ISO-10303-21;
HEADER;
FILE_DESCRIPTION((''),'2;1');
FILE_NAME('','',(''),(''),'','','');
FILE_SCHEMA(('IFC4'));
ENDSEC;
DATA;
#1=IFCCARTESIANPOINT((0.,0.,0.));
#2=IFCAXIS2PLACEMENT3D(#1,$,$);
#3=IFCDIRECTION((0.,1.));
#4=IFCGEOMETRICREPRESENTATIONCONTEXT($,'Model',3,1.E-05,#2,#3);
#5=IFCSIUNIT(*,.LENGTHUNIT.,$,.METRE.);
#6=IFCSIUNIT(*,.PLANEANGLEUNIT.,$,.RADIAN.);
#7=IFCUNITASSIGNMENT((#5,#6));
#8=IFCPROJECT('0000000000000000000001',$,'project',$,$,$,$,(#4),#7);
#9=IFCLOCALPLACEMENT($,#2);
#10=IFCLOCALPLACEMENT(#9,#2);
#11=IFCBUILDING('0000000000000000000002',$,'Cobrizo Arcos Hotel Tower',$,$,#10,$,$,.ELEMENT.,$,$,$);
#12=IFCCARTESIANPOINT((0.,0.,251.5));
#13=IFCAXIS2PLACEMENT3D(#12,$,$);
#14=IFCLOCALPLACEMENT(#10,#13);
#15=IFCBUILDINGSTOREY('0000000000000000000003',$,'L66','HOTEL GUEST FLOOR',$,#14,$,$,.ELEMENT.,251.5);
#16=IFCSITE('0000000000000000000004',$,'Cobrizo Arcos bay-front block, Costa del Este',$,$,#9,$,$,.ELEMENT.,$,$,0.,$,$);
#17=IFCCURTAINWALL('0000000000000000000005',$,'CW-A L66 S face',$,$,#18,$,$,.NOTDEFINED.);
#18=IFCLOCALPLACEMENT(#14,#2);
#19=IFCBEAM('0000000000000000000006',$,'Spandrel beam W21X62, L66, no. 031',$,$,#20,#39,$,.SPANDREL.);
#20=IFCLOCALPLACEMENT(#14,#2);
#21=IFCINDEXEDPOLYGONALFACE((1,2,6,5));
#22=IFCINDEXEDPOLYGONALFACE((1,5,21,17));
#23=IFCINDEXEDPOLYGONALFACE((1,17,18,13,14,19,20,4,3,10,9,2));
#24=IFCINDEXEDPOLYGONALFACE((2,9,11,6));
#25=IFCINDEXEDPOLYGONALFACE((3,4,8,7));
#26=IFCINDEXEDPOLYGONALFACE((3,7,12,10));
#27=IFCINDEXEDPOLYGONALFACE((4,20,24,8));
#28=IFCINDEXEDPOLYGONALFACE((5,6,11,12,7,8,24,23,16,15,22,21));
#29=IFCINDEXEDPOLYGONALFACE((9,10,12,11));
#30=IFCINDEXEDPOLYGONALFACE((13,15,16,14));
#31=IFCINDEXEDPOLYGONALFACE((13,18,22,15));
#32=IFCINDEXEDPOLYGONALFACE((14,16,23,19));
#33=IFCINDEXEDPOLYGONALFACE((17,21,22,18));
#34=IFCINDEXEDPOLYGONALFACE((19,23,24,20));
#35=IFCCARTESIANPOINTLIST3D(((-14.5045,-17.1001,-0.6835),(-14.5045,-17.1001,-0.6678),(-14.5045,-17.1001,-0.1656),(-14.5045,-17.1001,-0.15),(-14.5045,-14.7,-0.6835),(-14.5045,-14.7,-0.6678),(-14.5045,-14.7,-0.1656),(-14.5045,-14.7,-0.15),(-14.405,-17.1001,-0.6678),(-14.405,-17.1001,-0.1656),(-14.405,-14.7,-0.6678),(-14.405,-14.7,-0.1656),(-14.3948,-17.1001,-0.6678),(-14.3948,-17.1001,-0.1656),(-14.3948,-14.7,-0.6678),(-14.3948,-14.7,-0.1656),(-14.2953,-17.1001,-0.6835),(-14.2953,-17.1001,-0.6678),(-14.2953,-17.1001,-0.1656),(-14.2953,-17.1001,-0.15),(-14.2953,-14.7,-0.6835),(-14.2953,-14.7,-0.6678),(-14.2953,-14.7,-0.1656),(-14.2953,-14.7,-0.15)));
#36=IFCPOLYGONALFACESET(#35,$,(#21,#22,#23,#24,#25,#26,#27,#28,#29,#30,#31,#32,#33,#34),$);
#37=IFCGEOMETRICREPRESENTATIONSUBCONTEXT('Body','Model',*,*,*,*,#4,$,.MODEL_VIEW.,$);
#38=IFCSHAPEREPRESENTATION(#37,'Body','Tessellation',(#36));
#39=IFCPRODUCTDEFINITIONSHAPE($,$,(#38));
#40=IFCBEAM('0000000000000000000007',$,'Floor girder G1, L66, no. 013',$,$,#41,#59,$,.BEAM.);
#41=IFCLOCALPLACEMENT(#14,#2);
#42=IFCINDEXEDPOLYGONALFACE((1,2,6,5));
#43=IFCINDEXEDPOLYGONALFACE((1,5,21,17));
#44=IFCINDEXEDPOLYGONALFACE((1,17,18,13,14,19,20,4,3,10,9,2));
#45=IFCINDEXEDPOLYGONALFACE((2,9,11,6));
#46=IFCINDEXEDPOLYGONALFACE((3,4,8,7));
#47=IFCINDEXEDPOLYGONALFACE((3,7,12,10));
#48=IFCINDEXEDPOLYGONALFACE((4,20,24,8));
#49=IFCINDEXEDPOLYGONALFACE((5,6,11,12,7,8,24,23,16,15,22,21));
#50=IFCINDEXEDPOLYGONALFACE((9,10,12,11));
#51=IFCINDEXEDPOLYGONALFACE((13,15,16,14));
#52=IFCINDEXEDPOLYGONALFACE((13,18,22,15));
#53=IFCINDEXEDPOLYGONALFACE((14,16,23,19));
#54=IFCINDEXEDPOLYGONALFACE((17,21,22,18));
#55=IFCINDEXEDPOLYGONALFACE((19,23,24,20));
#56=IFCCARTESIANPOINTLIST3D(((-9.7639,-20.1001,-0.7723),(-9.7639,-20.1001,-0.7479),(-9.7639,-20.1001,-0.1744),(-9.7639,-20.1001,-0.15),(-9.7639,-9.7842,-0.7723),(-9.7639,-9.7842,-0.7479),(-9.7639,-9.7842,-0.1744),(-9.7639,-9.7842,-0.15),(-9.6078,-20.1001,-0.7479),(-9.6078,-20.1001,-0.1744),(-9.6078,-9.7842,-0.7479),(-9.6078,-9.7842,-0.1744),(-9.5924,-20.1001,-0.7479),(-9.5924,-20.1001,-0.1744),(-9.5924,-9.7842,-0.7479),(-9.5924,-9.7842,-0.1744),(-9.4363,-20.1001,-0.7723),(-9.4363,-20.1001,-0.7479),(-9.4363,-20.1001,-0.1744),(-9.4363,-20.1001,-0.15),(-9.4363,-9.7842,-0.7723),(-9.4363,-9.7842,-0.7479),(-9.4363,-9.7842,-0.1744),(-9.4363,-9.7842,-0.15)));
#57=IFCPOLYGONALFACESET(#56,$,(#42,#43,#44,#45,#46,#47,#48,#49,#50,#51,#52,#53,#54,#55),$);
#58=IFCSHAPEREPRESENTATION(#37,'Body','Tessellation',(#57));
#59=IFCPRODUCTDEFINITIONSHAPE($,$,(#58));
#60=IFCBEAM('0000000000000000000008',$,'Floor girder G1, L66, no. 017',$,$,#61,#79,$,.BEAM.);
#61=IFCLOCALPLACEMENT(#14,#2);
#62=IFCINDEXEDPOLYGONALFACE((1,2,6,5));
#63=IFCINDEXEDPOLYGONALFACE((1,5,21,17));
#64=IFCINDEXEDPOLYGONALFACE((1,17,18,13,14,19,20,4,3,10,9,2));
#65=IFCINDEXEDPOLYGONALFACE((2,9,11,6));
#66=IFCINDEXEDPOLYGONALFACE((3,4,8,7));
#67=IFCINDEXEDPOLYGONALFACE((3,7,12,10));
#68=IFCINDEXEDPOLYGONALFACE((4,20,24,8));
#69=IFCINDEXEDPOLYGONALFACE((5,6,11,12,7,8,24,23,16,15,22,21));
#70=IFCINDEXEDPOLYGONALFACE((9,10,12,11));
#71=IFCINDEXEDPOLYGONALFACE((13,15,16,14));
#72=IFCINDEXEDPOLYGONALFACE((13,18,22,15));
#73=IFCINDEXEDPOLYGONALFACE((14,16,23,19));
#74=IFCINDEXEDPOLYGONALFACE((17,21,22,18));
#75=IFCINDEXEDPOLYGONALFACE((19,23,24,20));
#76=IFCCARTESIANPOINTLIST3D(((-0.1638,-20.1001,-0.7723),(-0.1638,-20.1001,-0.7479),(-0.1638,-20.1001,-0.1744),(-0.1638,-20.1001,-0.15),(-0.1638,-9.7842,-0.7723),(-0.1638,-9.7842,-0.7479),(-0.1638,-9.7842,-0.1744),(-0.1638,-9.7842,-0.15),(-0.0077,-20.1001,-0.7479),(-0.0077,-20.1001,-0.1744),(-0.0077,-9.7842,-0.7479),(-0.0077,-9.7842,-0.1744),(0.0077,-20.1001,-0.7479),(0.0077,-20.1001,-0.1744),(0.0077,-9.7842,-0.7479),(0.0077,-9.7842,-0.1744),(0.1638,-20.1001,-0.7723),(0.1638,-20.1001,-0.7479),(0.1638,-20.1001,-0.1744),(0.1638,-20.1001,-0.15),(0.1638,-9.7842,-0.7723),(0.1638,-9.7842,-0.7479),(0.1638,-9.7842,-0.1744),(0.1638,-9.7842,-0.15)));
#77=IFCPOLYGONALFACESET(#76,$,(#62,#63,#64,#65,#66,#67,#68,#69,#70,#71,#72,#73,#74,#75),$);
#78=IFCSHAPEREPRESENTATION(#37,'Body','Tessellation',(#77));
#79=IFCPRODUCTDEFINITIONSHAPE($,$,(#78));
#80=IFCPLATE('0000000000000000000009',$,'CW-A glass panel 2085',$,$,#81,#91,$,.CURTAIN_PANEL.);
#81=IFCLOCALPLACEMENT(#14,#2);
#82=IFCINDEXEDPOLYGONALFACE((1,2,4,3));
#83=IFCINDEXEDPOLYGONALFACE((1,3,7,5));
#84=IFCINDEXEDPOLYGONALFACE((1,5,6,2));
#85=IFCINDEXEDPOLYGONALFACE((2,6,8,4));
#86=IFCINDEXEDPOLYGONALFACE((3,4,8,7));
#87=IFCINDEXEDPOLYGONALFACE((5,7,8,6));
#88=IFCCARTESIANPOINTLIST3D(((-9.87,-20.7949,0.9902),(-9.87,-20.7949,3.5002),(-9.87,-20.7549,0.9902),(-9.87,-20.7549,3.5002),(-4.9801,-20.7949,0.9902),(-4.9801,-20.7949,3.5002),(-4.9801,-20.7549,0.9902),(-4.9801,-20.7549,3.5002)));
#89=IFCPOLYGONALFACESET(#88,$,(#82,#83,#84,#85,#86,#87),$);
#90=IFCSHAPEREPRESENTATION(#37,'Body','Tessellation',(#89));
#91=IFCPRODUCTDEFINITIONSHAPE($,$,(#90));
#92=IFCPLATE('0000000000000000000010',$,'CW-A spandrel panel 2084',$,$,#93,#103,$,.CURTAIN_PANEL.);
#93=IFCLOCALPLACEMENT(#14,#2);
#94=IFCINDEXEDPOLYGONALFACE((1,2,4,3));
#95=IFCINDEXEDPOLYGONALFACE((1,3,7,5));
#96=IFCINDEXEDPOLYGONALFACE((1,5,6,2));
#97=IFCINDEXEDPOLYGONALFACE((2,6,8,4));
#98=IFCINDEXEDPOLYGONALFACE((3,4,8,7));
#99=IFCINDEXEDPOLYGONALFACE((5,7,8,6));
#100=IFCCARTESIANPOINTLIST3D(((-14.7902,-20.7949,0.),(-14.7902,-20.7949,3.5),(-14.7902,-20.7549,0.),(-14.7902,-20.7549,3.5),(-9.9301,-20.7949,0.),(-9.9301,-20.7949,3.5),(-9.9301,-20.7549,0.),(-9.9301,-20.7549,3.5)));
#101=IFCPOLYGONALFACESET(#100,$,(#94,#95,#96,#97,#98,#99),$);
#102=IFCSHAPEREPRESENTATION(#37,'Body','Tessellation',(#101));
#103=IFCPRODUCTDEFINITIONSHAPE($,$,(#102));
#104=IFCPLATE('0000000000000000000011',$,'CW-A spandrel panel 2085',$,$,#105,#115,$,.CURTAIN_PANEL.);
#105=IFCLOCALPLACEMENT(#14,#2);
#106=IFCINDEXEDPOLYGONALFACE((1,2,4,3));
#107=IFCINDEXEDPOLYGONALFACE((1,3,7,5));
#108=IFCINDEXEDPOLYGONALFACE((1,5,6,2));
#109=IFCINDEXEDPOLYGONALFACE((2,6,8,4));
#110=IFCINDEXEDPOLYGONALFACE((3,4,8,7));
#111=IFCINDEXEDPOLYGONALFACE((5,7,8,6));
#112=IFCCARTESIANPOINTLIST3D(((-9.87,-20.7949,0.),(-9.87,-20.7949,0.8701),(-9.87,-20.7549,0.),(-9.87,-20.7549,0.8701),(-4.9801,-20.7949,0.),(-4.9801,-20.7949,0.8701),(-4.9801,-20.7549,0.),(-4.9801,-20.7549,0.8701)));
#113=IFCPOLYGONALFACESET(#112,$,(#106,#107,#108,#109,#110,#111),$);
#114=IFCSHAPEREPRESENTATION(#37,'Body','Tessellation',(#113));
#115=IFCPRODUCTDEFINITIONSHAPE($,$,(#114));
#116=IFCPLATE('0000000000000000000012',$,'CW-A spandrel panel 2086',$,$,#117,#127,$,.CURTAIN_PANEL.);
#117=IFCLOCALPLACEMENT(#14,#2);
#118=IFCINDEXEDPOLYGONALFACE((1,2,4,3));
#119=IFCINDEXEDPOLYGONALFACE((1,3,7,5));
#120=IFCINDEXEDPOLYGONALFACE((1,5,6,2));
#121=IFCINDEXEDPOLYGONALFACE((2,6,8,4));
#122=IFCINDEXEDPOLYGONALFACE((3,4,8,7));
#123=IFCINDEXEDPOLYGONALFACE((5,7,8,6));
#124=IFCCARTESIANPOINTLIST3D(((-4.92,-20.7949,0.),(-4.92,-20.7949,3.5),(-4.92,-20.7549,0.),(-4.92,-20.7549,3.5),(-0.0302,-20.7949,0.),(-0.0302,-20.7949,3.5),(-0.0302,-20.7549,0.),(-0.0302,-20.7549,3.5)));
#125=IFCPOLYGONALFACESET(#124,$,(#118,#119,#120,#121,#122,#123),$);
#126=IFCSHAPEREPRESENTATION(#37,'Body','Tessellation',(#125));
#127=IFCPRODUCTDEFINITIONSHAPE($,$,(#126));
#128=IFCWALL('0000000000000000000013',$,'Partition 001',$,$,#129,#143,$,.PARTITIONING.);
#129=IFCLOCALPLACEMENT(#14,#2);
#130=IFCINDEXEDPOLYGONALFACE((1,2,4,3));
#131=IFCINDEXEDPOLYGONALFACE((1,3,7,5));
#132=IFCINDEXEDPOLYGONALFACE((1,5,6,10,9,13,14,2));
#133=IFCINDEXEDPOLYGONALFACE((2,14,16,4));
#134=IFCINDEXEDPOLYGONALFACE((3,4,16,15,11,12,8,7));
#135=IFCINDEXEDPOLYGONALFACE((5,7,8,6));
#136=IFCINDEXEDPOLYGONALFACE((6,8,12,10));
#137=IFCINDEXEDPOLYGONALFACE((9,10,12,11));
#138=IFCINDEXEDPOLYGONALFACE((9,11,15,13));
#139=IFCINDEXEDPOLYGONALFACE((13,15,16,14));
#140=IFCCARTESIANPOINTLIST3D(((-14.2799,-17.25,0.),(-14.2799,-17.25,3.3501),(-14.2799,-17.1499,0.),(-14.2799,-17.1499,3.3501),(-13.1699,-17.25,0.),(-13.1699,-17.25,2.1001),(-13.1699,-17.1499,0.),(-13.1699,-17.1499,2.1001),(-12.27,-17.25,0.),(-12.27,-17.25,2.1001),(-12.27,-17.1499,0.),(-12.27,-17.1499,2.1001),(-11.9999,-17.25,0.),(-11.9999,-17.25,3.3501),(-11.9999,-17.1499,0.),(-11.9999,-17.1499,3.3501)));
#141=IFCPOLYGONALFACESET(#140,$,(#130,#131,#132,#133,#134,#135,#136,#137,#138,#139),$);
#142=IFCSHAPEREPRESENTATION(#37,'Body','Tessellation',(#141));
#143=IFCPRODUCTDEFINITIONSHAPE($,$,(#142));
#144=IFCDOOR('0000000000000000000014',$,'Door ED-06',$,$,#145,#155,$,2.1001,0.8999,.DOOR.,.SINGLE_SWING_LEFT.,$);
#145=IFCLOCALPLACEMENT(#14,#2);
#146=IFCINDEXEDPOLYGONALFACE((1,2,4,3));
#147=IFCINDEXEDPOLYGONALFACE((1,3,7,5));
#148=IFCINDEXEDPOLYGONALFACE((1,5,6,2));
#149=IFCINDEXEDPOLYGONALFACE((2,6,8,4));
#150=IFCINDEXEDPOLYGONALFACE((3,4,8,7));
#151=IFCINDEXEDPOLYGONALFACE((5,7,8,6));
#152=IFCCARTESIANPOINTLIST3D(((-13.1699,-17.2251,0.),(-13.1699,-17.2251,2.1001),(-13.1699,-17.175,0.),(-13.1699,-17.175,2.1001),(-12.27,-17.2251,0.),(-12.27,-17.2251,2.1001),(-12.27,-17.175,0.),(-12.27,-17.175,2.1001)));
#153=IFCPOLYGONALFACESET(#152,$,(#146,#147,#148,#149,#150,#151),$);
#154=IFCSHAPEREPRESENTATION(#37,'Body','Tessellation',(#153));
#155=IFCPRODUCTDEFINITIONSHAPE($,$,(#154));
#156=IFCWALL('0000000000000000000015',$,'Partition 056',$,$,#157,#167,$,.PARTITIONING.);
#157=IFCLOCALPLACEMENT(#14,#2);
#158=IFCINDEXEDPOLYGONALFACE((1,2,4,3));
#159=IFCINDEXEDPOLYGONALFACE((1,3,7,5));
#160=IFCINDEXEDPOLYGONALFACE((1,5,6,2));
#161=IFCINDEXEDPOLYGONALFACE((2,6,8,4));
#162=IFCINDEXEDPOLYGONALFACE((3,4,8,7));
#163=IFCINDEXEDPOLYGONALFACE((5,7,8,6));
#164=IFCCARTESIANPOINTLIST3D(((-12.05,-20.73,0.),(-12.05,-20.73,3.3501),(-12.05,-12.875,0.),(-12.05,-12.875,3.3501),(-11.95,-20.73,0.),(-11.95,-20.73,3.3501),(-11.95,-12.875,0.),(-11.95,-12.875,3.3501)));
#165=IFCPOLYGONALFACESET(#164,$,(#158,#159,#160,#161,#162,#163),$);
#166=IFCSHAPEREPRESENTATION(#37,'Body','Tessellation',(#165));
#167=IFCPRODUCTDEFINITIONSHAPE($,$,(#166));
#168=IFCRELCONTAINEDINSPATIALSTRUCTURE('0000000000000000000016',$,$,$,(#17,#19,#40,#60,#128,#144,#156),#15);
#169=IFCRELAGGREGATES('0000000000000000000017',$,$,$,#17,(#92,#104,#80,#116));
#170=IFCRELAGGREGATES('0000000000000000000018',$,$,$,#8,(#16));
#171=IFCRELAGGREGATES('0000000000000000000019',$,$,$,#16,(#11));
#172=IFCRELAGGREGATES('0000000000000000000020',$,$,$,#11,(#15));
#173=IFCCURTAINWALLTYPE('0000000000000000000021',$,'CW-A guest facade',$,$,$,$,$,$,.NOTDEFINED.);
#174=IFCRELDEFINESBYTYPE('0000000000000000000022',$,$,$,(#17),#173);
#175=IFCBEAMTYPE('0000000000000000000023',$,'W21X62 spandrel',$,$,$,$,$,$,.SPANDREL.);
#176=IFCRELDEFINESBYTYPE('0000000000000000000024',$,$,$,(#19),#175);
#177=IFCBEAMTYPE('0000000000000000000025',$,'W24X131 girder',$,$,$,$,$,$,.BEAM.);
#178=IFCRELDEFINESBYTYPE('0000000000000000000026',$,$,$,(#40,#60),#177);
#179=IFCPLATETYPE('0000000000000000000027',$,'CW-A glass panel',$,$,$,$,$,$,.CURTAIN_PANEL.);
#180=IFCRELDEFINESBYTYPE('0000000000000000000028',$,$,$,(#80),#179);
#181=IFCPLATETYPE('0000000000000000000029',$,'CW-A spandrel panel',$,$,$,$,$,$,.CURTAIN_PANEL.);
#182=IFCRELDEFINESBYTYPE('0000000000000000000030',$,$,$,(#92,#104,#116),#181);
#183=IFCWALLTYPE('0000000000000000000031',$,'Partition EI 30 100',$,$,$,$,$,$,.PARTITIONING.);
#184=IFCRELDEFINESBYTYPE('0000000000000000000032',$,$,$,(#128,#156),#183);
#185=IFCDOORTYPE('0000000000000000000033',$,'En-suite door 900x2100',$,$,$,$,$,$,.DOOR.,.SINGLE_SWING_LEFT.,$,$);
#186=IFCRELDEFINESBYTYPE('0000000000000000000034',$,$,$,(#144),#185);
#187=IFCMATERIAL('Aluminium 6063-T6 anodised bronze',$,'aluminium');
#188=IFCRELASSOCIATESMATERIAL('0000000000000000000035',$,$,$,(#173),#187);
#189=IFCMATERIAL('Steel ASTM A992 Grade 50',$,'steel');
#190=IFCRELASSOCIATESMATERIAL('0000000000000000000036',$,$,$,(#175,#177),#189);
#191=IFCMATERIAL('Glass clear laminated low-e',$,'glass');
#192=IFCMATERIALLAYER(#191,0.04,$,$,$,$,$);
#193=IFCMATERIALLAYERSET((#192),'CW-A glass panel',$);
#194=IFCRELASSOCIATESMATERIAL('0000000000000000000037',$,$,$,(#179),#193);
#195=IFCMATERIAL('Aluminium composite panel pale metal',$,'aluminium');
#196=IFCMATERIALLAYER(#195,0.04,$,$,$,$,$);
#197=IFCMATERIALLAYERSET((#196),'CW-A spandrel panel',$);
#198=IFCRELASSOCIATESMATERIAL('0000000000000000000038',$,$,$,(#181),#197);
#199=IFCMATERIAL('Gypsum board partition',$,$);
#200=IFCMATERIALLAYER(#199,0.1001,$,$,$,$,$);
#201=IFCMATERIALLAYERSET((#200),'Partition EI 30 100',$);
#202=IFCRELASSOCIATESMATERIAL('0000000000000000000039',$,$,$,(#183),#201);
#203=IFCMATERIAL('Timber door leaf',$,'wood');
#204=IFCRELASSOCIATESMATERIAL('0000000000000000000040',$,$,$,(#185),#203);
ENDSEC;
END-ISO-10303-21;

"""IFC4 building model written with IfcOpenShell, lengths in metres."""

from ifc_helpers import new_model, si_unit, direction, frame, frame_2d, origin, origin_2d, place, context, subcontext, project, spatial, rectangle, i_section, extrude, material, layer, layer_set, material_profile, profile_set, type_object, element, fill, aggregate, save


model = new_model("IFC4")

# Units and contexts
model_context = context("Model", 3, precision=1e-05, world=origin(), true_north=direction((0.0, 1.0)))
body_context = subcontext(model_context, "Body", "Model", "MODEL_VIEW")
ifc_project = project(units=[si_unit("LENGTHUNIT", "METRE"), si_unit("PLANEANGLEUNIT", "RADIAN")], contexts=[model_context])

# Site, building, storey
site_placement = place(None, origin())
site = spatial("IfcSite", under=ifc_project, at=site_placement, Name="Cobrizo Arcos bay-front block, Costa del Este", CompositionType="ELEMENT", RefElevation=0.0)
building_placement = place(site_placement, origin())
building = spatial("IfcBuilding", under=site, at=building_placement, Name="Cobrizo Arcos Hotel Tower", CompositionType="ELEMENT")
storey_placement = place(building_placement, frame((0.0, 0.0, 251.5)))
storey = spatial("IfcBuildingStorey", under=building, at=storey_placement, Name="L66", Description="HOTEL GUEST FLOOR", CompositionType="ELEMENT", Elevation=251.5)

# Curtain wall
ifc_material_1 = material(Name="Aluminium 6063-T6 anodised bronze", Category="aluminium")
curtain_wall_type = type_object("IfcCurtainWallType", Name="CW-A guest facade", PredefinedType="NOTDEFINED", material=ifc_material_1)
curtain_wall_placement = place(storey_placement, origin())
curtain_wall = element("IfcCurtainWall", 1, at=curtain_wall_placement, inside=storey, type_object=curtain_wall_type, Name="CW-A L66 S face", PredefinedType="NOTDEFINED")

# Beams
ifc_material_2 = material(Name="Steel ASTM A992 Grade 50", Category="steel")
ifc_material_profile_1 = material_profile(ifc_material_2, i_section(OverallWidth=0.2092, OverallDepth=0.5334, WebThickness=0.0103, FlangeThickness=0.0156, at=origin_2d()), Name="W21X62")
ifc_profile_set_1 = profile_set([ifc_material_profile_1], Name="Steel ASTM A992 Grade 50")
beam_type_1 = type_object("IfcBeamType", Name="W21X62 spandrel", PredefinedType="SPANDREL", material=ifc_profile_set_1)
beam_1_placement = place(storey_placement, frame((-14.3999, -14.7, -0.4167), z_axis=(0.0, -1.0, 0.0), x_axis=(1.0, 0.0, 0.0)))
element("IfcBeam", 2, at=beam_1_placement, inside=storey, type_object=beam_type_1, Name="Spandrel beam W21X62, L66, no. 031", PredefinedType="SPANDREL", context=body_context, shape_type="SweptSolid", body=[
    extrude(i_section(OverallWidth=0.2092, OverallDepth=0.5334, WebThickness=0.0103, FlangeThickness=0.0156, at=origin_2d()), origin(), (0.0, 0.0, 1.0), 2.4001),
])
ifc_material_profile_2 = material_profile(ifc_material_2, i_section(OverallWidth=0.3276, OverallDepth=0.6223, WebThickness=0.0154, FlangeThickness=0.0244, at=origin_2d()), Name="W24X131")
ifc_profile_set_2 = profile_set([ifc_material_profile_2], Name="Steel ASTM A992 Grade 50")
beam_type_2 = type_object("IfcBeamType", Name="W24X131 girder", PredefinedType="BEAM", material=ifc_profile_set_2)
for number, where, z_axis, x_axis, name in (
    (3, (-9.6001, -20.1001, -0.4612), (0.0, 1.0, 0.0), (-1.0, 0.0, 0.0), "Floor girder G1, L66, no. 013"),
    (4, (0.0, -20.1001, -0.4612), (0.0, 1.0, 0.0), (-1.0, 0.0, 0.0), "Floor girder G1, L66, no. 017"),
):
    element("IfcBeam", number, at=place(storey_placement, frame(where, z_axis=z_axis, x_axis=x_axis)), inside=storey, type_object=beam_type_2, Name=name, PredefinedType="BEAM", context=body_context, shape_type="SweptSolid", body=[
        extrude(i_section(OverallWidth=0.3276, OverallDepth=0.6223, WebThickness=0.0154, FlangeThickness=0.0244, at=origin_2d()), origin(), (0.0, 0.0, 1.0), 10.3159),
    ])

# Plates
ifc_material_3 = material(Name="Glass clear laminated low-e", Category="glass")
ifc_layer_1 = layer(ifc_material_3, 0.04)
ifc_layer_set_1 = layer_set([ifc_layer_1], Name="CW-A glass panel")
plate_type_1 = type_object("IfcPlateType", Name="CW-A glass panel", PredefinedType="CURTAIN_PANEL", material=ifc_layer_set_1)
plate_1_placement = place(storey_placement, frame((-7.425, -20.7749, 0.9902), z_axis=(0.0, 0.0, 1.0), x_axis=(1.0, 0.0, 0.0)))
plate_1 = element("IfcPlate", 5, at=plate_1_placement, type_object=plate_type_1, Name="CW-A glass panel 2085", PredefinedType="CURTAIN_PANEL", context=body_context, shape_type="SweptSolid", body=[
    extrude(rectangle(XDim=4.8899, YDim=0.04, at=origin_2d()), origin(), (0.0, 0.0, 1.0), 2.51),
])
ifc_material_4 = material(Name="Aluminium composite panel pale metal", Category="aluminium")
ifc_layer_2 = layer(ifc_material_4, 0.04)
ifc_layer_set_2 = layer_set([ifc_layer_2], Name="CW-A spandrel panel")
plate_type_2 = type_object("IfcPlateType", Name="CW-A spandrel panel", PredefinedType="CURTAIN_PANEL", material=ifc_layer_set_2)
plate_2_placement = place(storey_placement, frame((-12.3601, -20.7749, 0.0), z_axis=(0.0, 0.0, 1.0), x_axis=(1.0, 0.0, 0.0)))
plate_2 = element("IfcPlate", 6, at=plate_2_placement, type_object=plate_type_2, Name="CW-A spandrel panel 2084", PredefinedType="CURTAIN_PANEL", context=body_context, shape_type="SweptSolid", body=[
    extrude(rectangle(XDim=4.8601, YDim=0.04, at=origin_2d()), origin(), (0.0, 0.0, 1.0), 3.5),
])
plate_3_placement = place(storey_placement, frame((-7.425, -20.7749, 0.0), z_axis=(0.0, 0.0, 1.0), x_axis=(1.0, 0.0, 0.0)))
plate_3 = element("IfcPlate", 7, at=plate_3_placement, type_object=plate_type_2, Name="CW-A spandrel panel 2085", PredefinedType="CURTAIN_PANEL", context=body_context, shape_type="SweptSolid", body=[
    extrude(rectangle(XDim=4.8899, YDim=0.04, at=origin_2d()), origin(), (0.0, 0.0, 1.0), 0.8701),
])
plate_4_placement = place(storey_placement, frame((-2.4751, -20.7749, 0.0), z_axis=(0.0, 0.0, 1.0), x_axis=(1.0, 0.0, 0.0)))
plate_4 = element("IfcPlate", 8, at=plate_4_placement, type_object=plate_type_2, Name="CW-A spandrel panel 2086", PredefinedType="CURTAIN_PANEL", context=body_context, shape_type="SweptSolid", body=[
    extrude(rectangle(XDim=4.8899, YDim=0.04, at=origin_2d()), origin(), (0.0, 0.0, 1.0), 3.5),
])
aggregate(curtain_wall, [plate_2, plate_3, plate_1, plate_4])

# Wall, opening, door
ifc_material_5 = material(Name="Gypsum board partition")
ifc_layer_3 = layer(ifc_material_5, 0.1001)
ifc_layer_set_3 = layer_set([ifc_layer_3], Name="Partition EI 30 100")
wall_type = type_object("IfcWallType", Name="Partition EI 30 100", PredefinedType="PARTITIONING", material=ifc_layer_set_3)
wall_1_placement = place(storey_placement, frame((-14.28, -17.2, 0.0), z_axis=(0.0, 0.0, 1.0), x_axis=(1.0, 0.0, 0.0)))
wall_1 = element("IfcWall", 9, at=wall_1_placement, inside=storey, type_object=wall_type, Name="Partition 001", PredefinedType="PARTITIONING", context=body_context, shape_type="SweptSolid", body=[
    extrude(rectangle(XDim=2.28, YDim=0.1001, at=frame_2d((1.1401, 0.0))), origin(), (0.0, 0.0, 1.0), 3.3501),
])
opening_placement = place(wall_1_placement, frame((1.1101, 0.0, 0.0)))
opening = element("IfcOpeningElement", 10, at=opening_placement, cuts=wall_1, PredefinedType="OPENING", context=body_context, shape_type="SweptSolid", body=[
    extrude(rectangle(XDim=0.8999, YDim=2.1001, at=frame_2d((0.45, 1.05))), frame((0.0, 0.062, 0.0), z_axis=(0.0, -1.0, 0.0), x_axis=(1.0, 0.0, 0.0)), (0.0, 0.0, 1.0), 0.124),
])
ifc_material_6 = material(Name="Timber door leaf", Category="wood")
door_type = type_object("IfcDoorType", Name="En-suite door 900x2100", OperationType="SINGLE_SWING_LEFT", PredefinedType="DOOR", material=ifc_material_6)
door_placement = place(opening_placement, origin())
door = element("IfcDoor", 11, at=door_placement, inside=storey, type_object=door_type, Name="Door ED-06", OperationType="SINGLE_SWING_LEFT", OverallHeight=2.1001, OverallWidth=0.8999, PredefinedType="DOOR", context=body_context, shape_type="SweptSolid", body=[
    extrude(rectangle(XDim=0.8999, YDim=2.1001, at=frame_2d((0.45, 1.05))), frame((0.0, 0.0249, 0.0), z_axis=(0.0, -1.0, 0.0), x_axis=(1.0, 0.0, 0.0)), (0.0, 0.0, 1.0), 0.05),
])
fill(opening, door)

# Wall
wall_2_placement = place(storey_placement, frame((-12.0, -20.73, 0.0), z_axis=(0.0, 0.0, 1.0), x_axis=(0.0, 1.0, 0.0)))
element("IfcWall", 12, at=wall_2_placement, inside=storey, type_object=wall_type, Name="Partition 056", PredefinedType="PARTITIONING", context=body_context, shape_type="SweptSolid", body=[
    extrude(rectangle(XDim=7.855, YDim=0.1001, at=frame_2d((3.9275, 0.0))), origin(), (0.0, 0.0, 1.0), 3.3501),
])

save(model, "model.ifc")
